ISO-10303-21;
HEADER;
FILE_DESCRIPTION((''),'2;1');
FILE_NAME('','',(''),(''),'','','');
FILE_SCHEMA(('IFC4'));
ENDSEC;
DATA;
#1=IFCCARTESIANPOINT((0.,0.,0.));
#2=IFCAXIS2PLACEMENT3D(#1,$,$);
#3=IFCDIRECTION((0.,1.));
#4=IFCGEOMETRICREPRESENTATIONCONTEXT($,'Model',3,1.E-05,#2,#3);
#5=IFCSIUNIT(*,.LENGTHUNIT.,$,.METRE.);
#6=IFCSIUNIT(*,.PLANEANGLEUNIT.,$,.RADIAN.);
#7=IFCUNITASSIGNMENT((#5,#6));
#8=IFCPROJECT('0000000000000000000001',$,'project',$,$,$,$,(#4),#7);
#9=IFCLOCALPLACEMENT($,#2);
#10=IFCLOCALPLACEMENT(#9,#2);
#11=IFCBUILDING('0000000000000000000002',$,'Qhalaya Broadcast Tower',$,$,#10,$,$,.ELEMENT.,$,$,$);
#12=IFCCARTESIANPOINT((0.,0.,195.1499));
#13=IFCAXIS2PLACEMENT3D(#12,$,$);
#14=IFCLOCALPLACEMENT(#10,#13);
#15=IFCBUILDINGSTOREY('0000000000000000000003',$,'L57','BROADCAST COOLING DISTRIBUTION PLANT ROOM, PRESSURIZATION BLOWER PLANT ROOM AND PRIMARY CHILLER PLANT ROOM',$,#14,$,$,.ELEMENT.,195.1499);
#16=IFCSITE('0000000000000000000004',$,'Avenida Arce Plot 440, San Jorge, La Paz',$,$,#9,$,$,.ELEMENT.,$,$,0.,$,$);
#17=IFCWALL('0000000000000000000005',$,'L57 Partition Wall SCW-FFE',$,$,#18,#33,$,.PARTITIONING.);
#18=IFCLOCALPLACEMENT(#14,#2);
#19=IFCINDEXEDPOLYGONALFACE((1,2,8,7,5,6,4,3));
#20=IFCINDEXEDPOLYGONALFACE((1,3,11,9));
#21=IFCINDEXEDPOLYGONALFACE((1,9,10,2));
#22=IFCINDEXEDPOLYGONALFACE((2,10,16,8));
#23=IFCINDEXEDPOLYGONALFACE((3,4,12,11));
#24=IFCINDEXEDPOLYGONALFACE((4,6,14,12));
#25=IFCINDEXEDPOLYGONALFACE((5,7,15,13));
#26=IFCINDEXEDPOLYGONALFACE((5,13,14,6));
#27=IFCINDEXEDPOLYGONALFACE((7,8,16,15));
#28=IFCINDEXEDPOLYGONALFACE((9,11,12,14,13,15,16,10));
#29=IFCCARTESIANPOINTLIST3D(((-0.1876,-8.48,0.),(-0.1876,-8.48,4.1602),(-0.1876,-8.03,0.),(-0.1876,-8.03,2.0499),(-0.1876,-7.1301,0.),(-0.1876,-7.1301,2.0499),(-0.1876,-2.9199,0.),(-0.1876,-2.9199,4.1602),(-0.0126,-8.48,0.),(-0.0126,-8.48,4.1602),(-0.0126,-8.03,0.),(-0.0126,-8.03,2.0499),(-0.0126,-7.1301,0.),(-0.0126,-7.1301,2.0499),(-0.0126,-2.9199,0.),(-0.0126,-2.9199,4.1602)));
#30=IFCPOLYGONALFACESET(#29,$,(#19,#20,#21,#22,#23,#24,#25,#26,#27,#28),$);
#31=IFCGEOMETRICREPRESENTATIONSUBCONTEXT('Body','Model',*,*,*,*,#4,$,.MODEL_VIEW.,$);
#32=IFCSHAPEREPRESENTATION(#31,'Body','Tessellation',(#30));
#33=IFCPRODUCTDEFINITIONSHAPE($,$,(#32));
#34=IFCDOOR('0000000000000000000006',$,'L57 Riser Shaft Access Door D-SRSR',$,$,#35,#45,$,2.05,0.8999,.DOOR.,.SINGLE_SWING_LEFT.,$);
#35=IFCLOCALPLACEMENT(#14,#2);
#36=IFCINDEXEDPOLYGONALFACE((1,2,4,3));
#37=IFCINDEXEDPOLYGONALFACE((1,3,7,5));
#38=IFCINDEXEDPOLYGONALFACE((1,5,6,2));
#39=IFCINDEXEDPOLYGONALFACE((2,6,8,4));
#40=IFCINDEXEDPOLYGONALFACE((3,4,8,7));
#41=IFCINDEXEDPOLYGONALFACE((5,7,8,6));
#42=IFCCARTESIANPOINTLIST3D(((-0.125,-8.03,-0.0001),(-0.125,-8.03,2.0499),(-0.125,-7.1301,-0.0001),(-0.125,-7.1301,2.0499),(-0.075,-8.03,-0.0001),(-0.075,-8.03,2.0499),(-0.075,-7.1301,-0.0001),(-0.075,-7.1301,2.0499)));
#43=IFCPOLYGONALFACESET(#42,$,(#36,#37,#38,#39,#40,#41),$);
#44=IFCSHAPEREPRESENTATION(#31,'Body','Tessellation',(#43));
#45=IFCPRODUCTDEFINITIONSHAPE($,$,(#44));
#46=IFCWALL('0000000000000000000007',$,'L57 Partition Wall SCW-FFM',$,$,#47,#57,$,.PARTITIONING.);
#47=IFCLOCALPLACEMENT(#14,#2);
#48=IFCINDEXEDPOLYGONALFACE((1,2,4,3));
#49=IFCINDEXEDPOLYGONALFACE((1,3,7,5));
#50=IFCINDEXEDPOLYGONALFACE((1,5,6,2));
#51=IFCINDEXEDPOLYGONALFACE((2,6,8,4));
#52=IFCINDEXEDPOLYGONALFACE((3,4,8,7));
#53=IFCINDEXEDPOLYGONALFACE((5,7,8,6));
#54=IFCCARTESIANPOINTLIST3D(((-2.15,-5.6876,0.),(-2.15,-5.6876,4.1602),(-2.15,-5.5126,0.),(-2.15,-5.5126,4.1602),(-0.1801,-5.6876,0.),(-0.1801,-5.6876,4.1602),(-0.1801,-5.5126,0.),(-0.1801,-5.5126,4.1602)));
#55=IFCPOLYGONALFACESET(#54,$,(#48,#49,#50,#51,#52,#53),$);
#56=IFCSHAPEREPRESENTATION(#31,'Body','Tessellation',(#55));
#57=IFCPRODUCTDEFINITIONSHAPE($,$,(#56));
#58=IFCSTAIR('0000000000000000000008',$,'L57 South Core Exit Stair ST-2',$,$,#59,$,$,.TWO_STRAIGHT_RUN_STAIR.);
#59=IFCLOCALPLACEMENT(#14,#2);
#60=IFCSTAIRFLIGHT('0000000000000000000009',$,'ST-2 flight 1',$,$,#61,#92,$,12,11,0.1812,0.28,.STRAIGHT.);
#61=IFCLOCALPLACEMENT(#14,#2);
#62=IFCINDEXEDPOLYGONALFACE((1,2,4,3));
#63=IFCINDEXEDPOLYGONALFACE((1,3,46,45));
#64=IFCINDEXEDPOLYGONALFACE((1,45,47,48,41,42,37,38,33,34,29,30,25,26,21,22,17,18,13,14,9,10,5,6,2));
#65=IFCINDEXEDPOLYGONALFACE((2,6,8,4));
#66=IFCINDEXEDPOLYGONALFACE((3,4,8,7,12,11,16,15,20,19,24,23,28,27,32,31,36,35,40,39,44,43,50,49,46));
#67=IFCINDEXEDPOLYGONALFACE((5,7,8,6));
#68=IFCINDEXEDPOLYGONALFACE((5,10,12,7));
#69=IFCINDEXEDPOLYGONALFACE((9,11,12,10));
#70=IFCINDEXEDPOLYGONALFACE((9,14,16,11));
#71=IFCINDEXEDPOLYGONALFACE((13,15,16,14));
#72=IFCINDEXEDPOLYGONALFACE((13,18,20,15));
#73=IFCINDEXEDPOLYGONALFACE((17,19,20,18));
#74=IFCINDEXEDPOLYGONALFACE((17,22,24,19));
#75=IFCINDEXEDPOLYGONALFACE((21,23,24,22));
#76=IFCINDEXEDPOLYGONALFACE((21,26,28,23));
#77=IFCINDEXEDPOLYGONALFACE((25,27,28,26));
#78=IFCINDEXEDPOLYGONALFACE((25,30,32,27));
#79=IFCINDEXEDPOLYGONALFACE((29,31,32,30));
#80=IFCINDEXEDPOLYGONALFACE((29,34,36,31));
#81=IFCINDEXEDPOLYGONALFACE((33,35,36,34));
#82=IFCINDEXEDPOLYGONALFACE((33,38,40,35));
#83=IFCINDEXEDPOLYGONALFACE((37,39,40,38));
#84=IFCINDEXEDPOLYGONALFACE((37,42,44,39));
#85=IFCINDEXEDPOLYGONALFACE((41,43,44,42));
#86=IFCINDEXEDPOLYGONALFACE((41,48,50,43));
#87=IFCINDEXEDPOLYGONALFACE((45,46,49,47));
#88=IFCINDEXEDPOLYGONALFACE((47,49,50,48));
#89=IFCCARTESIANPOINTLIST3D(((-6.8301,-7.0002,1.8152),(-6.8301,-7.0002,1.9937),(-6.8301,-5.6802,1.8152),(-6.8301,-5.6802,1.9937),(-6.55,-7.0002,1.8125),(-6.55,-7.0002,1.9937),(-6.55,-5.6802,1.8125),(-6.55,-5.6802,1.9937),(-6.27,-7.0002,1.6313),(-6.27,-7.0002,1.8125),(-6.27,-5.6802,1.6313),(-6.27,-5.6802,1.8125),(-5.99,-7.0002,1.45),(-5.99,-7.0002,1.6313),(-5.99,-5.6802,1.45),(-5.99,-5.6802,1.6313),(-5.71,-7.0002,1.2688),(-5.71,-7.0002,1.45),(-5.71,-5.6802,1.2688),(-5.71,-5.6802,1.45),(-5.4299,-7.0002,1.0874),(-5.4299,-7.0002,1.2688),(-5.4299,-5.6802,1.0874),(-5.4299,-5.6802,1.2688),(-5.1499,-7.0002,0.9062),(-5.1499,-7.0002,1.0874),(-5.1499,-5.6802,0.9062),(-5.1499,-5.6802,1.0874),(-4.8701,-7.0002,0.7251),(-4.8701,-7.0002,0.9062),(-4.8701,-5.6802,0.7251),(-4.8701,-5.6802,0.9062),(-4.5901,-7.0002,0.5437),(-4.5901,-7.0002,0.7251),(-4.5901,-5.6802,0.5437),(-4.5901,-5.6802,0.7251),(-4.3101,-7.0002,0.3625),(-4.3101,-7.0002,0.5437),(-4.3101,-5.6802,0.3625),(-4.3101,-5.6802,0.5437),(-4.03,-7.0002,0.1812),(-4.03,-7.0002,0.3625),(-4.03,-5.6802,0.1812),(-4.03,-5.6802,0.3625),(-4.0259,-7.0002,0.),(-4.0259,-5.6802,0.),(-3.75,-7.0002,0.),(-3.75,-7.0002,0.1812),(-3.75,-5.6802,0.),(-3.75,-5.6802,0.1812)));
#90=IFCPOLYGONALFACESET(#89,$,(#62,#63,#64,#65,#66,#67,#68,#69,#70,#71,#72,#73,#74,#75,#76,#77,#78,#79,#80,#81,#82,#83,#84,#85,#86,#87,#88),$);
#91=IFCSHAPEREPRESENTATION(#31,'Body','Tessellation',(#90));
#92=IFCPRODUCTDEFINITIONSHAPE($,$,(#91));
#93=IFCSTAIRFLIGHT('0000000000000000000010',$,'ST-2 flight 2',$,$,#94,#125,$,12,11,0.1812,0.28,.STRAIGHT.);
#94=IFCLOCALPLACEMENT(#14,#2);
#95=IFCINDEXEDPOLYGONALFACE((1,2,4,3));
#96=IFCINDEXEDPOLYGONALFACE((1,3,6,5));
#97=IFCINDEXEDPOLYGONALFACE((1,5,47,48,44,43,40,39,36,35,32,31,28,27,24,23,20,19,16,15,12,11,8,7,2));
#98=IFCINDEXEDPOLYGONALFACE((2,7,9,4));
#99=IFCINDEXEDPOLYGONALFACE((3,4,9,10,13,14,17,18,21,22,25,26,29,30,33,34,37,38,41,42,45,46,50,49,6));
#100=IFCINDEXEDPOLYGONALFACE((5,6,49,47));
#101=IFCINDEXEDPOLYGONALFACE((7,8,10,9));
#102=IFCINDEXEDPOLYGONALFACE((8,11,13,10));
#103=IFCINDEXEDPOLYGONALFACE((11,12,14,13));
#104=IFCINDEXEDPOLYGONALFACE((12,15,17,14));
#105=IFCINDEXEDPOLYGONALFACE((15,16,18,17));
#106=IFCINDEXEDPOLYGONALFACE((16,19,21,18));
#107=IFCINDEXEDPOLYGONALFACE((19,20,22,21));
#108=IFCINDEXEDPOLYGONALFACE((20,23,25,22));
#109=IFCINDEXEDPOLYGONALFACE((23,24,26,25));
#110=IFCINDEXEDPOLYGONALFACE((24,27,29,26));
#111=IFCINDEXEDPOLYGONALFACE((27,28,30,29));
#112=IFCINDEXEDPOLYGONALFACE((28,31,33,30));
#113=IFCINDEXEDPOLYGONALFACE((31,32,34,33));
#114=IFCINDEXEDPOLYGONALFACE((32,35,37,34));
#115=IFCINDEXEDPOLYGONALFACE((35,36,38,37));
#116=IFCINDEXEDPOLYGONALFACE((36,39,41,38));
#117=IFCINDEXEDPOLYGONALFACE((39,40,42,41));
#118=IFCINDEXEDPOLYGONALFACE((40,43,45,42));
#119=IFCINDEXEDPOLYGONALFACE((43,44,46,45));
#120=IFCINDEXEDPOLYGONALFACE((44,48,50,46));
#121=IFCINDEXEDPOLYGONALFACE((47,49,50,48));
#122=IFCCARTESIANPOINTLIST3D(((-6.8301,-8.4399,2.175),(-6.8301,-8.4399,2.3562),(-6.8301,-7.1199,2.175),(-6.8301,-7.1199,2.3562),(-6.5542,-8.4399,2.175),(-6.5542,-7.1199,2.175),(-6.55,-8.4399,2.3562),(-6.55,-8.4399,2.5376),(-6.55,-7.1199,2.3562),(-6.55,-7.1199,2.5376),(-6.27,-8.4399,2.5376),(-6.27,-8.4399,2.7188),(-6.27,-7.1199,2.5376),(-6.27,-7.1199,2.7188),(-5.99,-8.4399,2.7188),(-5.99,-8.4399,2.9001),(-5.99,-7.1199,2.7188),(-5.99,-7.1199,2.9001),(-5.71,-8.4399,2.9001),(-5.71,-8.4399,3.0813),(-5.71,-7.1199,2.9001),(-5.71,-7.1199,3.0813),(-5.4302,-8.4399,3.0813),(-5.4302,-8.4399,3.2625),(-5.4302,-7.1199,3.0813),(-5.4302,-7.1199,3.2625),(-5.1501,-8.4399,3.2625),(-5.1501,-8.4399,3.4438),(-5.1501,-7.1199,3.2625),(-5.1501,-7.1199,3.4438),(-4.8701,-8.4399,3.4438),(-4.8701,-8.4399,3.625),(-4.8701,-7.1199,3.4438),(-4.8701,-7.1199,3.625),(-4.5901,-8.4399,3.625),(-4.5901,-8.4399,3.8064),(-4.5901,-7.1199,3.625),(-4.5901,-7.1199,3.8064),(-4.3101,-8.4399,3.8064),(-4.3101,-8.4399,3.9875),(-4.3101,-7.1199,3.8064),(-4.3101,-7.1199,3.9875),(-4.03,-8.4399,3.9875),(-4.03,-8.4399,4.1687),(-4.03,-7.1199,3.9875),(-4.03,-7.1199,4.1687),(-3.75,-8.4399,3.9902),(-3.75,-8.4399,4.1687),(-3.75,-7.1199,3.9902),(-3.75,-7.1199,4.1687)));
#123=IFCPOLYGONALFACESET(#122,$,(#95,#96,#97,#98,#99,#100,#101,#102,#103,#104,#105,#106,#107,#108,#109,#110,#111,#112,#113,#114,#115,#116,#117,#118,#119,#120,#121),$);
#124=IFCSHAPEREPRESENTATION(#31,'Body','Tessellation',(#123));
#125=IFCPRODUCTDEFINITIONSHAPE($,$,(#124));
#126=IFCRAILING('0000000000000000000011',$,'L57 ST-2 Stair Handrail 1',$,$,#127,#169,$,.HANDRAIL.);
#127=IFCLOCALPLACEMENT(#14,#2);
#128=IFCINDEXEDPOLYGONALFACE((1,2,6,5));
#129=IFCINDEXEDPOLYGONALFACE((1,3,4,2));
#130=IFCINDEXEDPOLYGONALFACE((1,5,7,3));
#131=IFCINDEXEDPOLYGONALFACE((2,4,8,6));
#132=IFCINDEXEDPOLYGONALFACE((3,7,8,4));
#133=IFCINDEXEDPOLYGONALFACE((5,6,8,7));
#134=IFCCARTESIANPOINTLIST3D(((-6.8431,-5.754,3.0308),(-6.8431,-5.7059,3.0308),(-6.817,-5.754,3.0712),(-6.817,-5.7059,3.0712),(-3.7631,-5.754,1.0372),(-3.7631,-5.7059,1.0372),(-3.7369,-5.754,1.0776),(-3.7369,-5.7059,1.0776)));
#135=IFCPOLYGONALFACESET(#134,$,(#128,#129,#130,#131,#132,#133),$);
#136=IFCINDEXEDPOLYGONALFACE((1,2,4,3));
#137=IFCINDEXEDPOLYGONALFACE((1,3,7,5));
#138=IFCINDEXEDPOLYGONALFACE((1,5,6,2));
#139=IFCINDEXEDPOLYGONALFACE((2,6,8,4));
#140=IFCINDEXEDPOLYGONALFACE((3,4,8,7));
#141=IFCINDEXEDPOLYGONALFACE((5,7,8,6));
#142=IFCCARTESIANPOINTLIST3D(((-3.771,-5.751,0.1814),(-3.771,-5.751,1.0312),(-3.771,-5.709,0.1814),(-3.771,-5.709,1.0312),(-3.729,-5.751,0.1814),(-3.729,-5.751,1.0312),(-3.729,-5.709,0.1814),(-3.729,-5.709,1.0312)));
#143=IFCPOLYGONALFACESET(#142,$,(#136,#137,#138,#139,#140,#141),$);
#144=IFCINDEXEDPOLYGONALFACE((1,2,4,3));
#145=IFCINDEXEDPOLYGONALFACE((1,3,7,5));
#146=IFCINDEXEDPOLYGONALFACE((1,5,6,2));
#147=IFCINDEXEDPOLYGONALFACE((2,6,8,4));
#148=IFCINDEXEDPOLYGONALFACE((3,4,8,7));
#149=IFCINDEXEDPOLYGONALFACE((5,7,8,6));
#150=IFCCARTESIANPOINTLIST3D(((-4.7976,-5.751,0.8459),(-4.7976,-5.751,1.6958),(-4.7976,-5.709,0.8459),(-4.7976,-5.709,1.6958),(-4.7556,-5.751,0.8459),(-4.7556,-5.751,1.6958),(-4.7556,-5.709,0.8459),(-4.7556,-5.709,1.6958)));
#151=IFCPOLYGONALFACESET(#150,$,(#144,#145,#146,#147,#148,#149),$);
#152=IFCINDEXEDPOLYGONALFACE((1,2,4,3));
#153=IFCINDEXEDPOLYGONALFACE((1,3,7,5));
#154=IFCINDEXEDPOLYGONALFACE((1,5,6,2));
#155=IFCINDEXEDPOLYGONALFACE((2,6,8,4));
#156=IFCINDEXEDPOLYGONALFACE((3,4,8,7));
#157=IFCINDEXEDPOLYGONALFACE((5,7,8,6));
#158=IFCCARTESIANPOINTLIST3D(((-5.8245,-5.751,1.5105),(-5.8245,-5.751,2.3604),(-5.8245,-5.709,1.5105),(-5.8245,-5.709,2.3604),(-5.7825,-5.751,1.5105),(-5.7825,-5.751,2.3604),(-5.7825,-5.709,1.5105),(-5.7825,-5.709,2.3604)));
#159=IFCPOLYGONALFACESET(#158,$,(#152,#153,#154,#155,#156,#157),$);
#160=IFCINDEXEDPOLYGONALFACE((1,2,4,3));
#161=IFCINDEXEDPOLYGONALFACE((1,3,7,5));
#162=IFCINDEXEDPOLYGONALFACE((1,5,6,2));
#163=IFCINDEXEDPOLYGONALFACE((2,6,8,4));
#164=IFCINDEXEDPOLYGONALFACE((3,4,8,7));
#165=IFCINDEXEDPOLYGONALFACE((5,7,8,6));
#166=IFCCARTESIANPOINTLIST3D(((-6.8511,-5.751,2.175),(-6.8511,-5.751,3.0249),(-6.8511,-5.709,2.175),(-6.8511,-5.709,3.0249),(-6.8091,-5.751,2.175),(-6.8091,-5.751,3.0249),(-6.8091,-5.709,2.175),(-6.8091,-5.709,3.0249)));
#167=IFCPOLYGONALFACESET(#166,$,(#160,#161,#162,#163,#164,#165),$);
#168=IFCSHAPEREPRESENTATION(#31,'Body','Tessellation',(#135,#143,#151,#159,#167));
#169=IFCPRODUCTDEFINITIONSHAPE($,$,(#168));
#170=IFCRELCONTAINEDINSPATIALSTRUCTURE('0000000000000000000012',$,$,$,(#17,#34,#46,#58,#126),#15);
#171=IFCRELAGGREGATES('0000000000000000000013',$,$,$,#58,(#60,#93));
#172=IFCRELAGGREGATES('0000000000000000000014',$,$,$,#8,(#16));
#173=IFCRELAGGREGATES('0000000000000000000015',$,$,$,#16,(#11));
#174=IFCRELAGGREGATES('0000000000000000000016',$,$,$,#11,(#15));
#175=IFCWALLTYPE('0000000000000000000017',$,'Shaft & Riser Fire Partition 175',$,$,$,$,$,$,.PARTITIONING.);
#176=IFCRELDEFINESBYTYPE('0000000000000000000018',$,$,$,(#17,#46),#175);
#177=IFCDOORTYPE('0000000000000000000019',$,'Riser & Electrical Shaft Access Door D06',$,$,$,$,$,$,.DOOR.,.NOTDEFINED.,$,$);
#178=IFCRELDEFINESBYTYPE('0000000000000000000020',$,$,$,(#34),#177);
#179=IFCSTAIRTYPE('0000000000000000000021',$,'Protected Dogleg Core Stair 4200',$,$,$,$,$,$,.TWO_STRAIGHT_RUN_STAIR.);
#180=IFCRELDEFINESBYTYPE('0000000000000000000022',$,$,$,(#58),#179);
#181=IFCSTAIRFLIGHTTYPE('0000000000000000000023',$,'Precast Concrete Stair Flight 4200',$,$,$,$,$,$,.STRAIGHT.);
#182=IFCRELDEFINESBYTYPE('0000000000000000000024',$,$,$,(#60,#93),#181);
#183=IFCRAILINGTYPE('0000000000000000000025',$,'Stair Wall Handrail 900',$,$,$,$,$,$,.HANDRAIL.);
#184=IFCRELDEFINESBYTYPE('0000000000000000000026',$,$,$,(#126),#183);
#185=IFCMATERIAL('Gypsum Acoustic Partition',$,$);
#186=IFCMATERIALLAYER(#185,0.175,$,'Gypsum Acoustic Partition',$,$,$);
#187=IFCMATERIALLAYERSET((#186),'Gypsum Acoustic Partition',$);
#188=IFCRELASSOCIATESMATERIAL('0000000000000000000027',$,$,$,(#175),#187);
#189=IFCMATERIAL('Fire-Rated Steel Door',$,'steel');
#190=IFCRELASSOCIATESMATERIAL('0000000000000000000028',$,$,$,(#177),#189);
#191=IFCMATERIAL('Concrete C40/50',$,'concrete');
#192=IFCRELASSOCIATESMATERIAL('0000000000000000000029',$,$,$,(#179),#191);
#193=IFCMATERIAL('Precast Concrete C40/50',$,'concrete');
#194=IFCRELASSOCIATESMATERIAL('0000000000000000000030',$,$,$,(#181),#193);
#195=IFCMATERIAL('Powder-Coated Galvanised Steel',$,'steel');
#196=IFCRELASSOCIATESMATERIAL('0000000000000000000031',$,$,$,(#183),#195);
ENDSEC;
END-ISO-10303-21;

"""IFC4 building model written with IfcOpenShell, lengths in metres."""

from ifc_helpers import new_model, si_unit, direction, frame, frame_2d, origin, origin_2d, place, context, subcontext, project, spatial, polyline, rectangle, outline, extrude, material, layer, layer_set, type_object, element, fill, aggregate, save


model = new_model("IFC4")

# Units and contexts
model_context = context("Model", 3, precision=1e-05, world=origin(), true_north=direction((0.0, 1.0)))
body_context = subcontext(model_context, "Body", "Model", "MODEL_VIEW")
ifc_project = project(units=[si_unit("LENGTHUNIT", "METRE"), si_unit("PLANEANGLEUNIT", "RADIAN")], contexts=[model_context])

# Site, building, storey
site_placement = place(None, origin())
site = spatial("IfcSite", under=ifc_project, at=site_placement, Name="Avenida Arce Plot 440, San Jorge, La Paz", CompositionType="ELEMENT", RefElevation=0.0)
building_placement = place(site_placement, origin())
building = spatial("IfcBuilding", under=site, at=building_placement, Name="Qhalaya Broadcast Tower", CompositionType="ELEMENT")
storey_placement = place(building_placement, frame((0.0, 0.0, 195.1499)))
storey = spatial("IfcBuildingStorey", under=building, at=storey_placement, Name="L57", Description="BROADCAST COOLING DISTRIBUTION PLANT ROOM, PRESSURIZATION BLOWER PLANT ROOM AND PRIMARY CHILLER PLANT ROOM", CompositionType="ELEMENT", Elevation=195.1499)

# Wall, opening, door
ifc_material_1 = material(Name="Fire-Rated Steel Door", Category="steel")
ifc_material_2 = material(Name="Gypsum Acoustic Partition")
ifc_layer_1 = layer(ifc_material_2, 0.175, Name="Gypsum Acoustic Partition")
ifc_layer_set_1 = layer_set([ifc_layer_1], Name="Gypsum Acoustic Partition")
wall_type_1 = type_object("IfcWallType", Name="Shaft & Riser Fire Partition 175", PredefinedType="PARTITIONING", material=ifc_layer_set_1)
wall_1_placement = place(storey_placement, frame((-0.1001, -8.48, 0.0), z_axis=(0.0, 0.0, 1.0), x_axis=(0.0, 1.0, 0.0)))
wall_1 = element("IfcWall", 1, at=wall_1_placement, inside=storey, type_object=wall_type_1, Name="L57 Partition Wall SCW-FFE", PredefinedType="PARTITIONING", context=body_context, shape_type="SweptSolid", body=[
    extrude(rectangle(XDim=5.5601, YDim=0.175, at=frame_2d((2.78, 0.0))), origin(), (0.0, 0.0, 1.0), 4.1602),
])
opening_1_placement = place(wall_1_placement, frame((0.45, 0.0, 0.0)))
opening_1 = element("IfcOpeningElement", 2, at=opening_1_placement, cuts=wall_1, PredefinedType="OPENING", context=body_context, shape_type="SweptSolid", body=[
    extrude(rectangle(XDim=0.8999, YDim=2.05, at=frame_2d((0.45, 1.0249))), frame((0.0, 0.0996, 0.0), z_axis=(0.0, -1.0, 0.0), x_axis=(1.0, 0.0, 0.0)), (0.0, 0.0, 1.0), 0.199),
])
door_type_1 = type_object("IfcDoorType", Name="Riser & Electrical Shaft Access Door D06", OperationType="NOTDEFINED", PredefinedType="DOOR", material=ifc_material_1)
door_1_placement = place(opening_1_placement, origin())
door_1 = element("IfcDoor", 3, at=door_1_placement, inside=storey, type_object=door_type_1, Name="L57 Riser Shaft Access Door D-SRSR", OperationType="SINGLE_SWING_LEFT", OverallHeight=2.05, OverallWidth=0.8999, PredefinedType="DOOR", context=body_context, shape_type="SweptSolid", body=[
    extrude(rectangle(XDim=0.8999, YDim=2.05, at=frame_2d((0.45, 1.0249))), frame((0.0, 0.0249, 0.0), z_axis=(0.0, -1.0, 0.0), x_axis=(1.0, 0.0, 0.0)), (0.0, 0.0, 1.0), 0.05),
])
fill(opening_1, door_1)

# Wall
wall_2_placement = place(storey_placement, frame((-2.1499, -5.6001, 0.0), z_axis=(0.0, 0.0, 1.0), x_axis=(1.0, 0.0, 0.0)))
element("IfcWall", 4, at=wall_2_placement, inside=storey, type_object=wall_type_1, Name="L57 Partition Wall SCW-FFM", PredefinedType="PARTITIONING", context=body_context, shape_type="SweptSolid", body=[
    extrude(rectangle(XDim=1.97, YDim=0.175, at=frame_2d((0.9849, 0.0))), origin(), (0.0, 0.0, 1.0), 4.1602),
])

# Stair, stair flights
ifc_material_3 = material(Name="Concrete C40/50", Category="concrete")
stair_type = type_object("IfcStairType", Name="Protected Dogleg Core Stair 4200", PredefinedType="TWO_STRAIGHT_RUN_STAIR", material=ifc_material_3)
stair_placement = place(storey_placement, origin())
stair = element("IfcStair", 5, at=stair_placement, inside=storey, type_object=stair_type, Name="L57 South Core Exit Stair ST-2", PredefinedType="TWO_STRAIGHT_RUN_STAIR")
ifc_material_4 = material(Name="Precast Concrete C40/50", Category="concrete")
stair_flight_type = type_object("IfcStairFlightType", Name="Precast Concrete Stair Flight 4200", PredefinedType="STRAIGHT", material=ifc_material_4)
stair_flight_1_placement = place(storey_placement, frame((-3.75, -6.3401, 0.0), z_axis=(0.0, 0.0, 1.0), x_axis=(-1.0, 0.0, 0.0)))
stair_flight_1 = element("IfcStairFlight", 6, at=stair_flight_1_placement, type_object=stair_flight_type, Name="ST-2 flight 1", NumberOfRisers=12, NumberOfTreads=11, PredefinedType="STRAIGHT", RiserHeight=0.1812, TreadLength=0.28, context=body_context, shape_type="SweptSolid", body=[
    extrude(outline(polyline([(0.0, 0.0), (0.0, 0.1812), (0.28, 0.1812), (0.28, 0.3625), (0.5601, 0.3625), (0.5601, 0.5437), (0.8401, 0.5437), (0.8401, 0.7251), (1.1201, 0.7251), (1.1201, 0.9062), (1.3999, 0.9062), (1.3999, 1.0874), (1.6799, 1.0874), (1.6799, 1.2688), (1.96, 1.2688), (1.96, 1.45), (2.24, 1.45), (2.24, 1.6313), (2.52, 1.6313), (2.52, 1.8125), (2.8, 1.8125), (2.8, 1.9937), (3.0801, 1.9937), (3.0801, 2.175), (3.0801, 1.8152), (0.2759, 0.0), (0.0, 0.0)])), frame((0.0, 0.6602, 0.0), z_axis=(0.0, -1.0, 0.0), x_axis=(1.0, 0.0, 0.0)), (0.0, 0.0, 1.0), 1.3201),
])
stair_flight_2_placement = place(storey_placement, frame((-6.8301, -7.78, 2.175), z_axis=(0.0, 0.0, 1.0), x_axis=(1.0, 0.0, 0.0)))
stair_flight_2 = element("IfcStairFlight", 7, at=stair_flight_2_placement, type_object=stair_flight_type, Name="ST-2 flight 2", NumberOfRisers=12, NumberOfTreads=11, PredefinedType="STRAIGHT", RiserHeight=0.1812, TreadLength=0.28, context=body_context, shape_type="SweptSolid", body=[
    extrude(outline(polyline([(0.0, 0.0), (0.0, 0.1812), (0.28, 0.1812), (0.28, 0.3625), (0.5601, 0.3625), (0.5601, 0.5437), (0.8401, 0.5437), (0.8401, 0.7251), (1.1201, 0.7251), (1.1201, 0.9062), (1.3999, 0.9062), (1.3999, 1.0874), (1.6799, 1.0874), (1.6799, 1.2688), (1.96, 1.2688), (1.96, 1.45), (2.24, 1.45), (2.24, 1.6313), (2.52, 1.6313), (2.52, 1.8125), (2.8, 1.8125), (2.8, 1.9937), (3.0801, 1.9937), (3.0801, 2.175), (3.0801, 1.8152), (0.2759, 0.0), (0.0, 0.0)])), frame((0.0, 0.6602, 0.0), z_axis=(0.0, -1.0, 0.0), x_axis=(1.0, 0.0, 0.0)), (0.0, 0.0, 1.0), 1.3201),
])
aggregate(stair, [stair_flight_1, stair_flight_2])

# Railing
ifc_material_5 = material(Name="Powder-Coated Galvanised Steel", Category="steel")
railing_type_1 = type_object("IfcRailingType", Name="Stair Wall Handrail 900", PredefinedType="HANDRAIL", material=ifc_material_5)
railing_1_placement = place(storey_placement, frame((-3.75, -5.73, 0.1814)))
element("IfcRailing", 8, at=railing_1_placement, inside=storey, type_object=railing_type_1, Name="L57 ST-2 Stair Handrail 1", PredefinedType="HANDRAIL", context=body_context, shape_type="SweptSolid", body=[
    extrude(rectangle(XDim=0.0481, YDim=0.0481, at=origin_2d()), frame((0.0, 0.0, 0.876), z_axis=(-0.839488, 0.0, 0.543378), x_axis=(0.0, -1.0, 0.0)), (0.0, 0.0, 1.0), 3.6689),
    extrude(rectangle(XDim=0.042, YDim=0.042, at=origin_2d()), origin(), (0.0, 0.0, 1.0), 0.8499),
    extrude(rectangle(XDim=0.042, YDim=0.042, at=origin_2d()), frame((-1.0266, 0.0, 0.6646)), (0.0, 0.0, 1.0), 0.8499),
    extrude(rectangle(XDim=0.042, YDim=0.042, at=origin_2d()), frame((-2.0535, 0.0, 1.3291)), (0.0, 0.0, 1.0), 0.8499),
    extrude(rectangle(XDim=0.042, YDim=0.042, at=origin_2d()), frame((-3.0801, 0.0, 1.9937)), (0.0, 0.0, 1.0), 0.8499),
])

save(model, "model.ifc")
